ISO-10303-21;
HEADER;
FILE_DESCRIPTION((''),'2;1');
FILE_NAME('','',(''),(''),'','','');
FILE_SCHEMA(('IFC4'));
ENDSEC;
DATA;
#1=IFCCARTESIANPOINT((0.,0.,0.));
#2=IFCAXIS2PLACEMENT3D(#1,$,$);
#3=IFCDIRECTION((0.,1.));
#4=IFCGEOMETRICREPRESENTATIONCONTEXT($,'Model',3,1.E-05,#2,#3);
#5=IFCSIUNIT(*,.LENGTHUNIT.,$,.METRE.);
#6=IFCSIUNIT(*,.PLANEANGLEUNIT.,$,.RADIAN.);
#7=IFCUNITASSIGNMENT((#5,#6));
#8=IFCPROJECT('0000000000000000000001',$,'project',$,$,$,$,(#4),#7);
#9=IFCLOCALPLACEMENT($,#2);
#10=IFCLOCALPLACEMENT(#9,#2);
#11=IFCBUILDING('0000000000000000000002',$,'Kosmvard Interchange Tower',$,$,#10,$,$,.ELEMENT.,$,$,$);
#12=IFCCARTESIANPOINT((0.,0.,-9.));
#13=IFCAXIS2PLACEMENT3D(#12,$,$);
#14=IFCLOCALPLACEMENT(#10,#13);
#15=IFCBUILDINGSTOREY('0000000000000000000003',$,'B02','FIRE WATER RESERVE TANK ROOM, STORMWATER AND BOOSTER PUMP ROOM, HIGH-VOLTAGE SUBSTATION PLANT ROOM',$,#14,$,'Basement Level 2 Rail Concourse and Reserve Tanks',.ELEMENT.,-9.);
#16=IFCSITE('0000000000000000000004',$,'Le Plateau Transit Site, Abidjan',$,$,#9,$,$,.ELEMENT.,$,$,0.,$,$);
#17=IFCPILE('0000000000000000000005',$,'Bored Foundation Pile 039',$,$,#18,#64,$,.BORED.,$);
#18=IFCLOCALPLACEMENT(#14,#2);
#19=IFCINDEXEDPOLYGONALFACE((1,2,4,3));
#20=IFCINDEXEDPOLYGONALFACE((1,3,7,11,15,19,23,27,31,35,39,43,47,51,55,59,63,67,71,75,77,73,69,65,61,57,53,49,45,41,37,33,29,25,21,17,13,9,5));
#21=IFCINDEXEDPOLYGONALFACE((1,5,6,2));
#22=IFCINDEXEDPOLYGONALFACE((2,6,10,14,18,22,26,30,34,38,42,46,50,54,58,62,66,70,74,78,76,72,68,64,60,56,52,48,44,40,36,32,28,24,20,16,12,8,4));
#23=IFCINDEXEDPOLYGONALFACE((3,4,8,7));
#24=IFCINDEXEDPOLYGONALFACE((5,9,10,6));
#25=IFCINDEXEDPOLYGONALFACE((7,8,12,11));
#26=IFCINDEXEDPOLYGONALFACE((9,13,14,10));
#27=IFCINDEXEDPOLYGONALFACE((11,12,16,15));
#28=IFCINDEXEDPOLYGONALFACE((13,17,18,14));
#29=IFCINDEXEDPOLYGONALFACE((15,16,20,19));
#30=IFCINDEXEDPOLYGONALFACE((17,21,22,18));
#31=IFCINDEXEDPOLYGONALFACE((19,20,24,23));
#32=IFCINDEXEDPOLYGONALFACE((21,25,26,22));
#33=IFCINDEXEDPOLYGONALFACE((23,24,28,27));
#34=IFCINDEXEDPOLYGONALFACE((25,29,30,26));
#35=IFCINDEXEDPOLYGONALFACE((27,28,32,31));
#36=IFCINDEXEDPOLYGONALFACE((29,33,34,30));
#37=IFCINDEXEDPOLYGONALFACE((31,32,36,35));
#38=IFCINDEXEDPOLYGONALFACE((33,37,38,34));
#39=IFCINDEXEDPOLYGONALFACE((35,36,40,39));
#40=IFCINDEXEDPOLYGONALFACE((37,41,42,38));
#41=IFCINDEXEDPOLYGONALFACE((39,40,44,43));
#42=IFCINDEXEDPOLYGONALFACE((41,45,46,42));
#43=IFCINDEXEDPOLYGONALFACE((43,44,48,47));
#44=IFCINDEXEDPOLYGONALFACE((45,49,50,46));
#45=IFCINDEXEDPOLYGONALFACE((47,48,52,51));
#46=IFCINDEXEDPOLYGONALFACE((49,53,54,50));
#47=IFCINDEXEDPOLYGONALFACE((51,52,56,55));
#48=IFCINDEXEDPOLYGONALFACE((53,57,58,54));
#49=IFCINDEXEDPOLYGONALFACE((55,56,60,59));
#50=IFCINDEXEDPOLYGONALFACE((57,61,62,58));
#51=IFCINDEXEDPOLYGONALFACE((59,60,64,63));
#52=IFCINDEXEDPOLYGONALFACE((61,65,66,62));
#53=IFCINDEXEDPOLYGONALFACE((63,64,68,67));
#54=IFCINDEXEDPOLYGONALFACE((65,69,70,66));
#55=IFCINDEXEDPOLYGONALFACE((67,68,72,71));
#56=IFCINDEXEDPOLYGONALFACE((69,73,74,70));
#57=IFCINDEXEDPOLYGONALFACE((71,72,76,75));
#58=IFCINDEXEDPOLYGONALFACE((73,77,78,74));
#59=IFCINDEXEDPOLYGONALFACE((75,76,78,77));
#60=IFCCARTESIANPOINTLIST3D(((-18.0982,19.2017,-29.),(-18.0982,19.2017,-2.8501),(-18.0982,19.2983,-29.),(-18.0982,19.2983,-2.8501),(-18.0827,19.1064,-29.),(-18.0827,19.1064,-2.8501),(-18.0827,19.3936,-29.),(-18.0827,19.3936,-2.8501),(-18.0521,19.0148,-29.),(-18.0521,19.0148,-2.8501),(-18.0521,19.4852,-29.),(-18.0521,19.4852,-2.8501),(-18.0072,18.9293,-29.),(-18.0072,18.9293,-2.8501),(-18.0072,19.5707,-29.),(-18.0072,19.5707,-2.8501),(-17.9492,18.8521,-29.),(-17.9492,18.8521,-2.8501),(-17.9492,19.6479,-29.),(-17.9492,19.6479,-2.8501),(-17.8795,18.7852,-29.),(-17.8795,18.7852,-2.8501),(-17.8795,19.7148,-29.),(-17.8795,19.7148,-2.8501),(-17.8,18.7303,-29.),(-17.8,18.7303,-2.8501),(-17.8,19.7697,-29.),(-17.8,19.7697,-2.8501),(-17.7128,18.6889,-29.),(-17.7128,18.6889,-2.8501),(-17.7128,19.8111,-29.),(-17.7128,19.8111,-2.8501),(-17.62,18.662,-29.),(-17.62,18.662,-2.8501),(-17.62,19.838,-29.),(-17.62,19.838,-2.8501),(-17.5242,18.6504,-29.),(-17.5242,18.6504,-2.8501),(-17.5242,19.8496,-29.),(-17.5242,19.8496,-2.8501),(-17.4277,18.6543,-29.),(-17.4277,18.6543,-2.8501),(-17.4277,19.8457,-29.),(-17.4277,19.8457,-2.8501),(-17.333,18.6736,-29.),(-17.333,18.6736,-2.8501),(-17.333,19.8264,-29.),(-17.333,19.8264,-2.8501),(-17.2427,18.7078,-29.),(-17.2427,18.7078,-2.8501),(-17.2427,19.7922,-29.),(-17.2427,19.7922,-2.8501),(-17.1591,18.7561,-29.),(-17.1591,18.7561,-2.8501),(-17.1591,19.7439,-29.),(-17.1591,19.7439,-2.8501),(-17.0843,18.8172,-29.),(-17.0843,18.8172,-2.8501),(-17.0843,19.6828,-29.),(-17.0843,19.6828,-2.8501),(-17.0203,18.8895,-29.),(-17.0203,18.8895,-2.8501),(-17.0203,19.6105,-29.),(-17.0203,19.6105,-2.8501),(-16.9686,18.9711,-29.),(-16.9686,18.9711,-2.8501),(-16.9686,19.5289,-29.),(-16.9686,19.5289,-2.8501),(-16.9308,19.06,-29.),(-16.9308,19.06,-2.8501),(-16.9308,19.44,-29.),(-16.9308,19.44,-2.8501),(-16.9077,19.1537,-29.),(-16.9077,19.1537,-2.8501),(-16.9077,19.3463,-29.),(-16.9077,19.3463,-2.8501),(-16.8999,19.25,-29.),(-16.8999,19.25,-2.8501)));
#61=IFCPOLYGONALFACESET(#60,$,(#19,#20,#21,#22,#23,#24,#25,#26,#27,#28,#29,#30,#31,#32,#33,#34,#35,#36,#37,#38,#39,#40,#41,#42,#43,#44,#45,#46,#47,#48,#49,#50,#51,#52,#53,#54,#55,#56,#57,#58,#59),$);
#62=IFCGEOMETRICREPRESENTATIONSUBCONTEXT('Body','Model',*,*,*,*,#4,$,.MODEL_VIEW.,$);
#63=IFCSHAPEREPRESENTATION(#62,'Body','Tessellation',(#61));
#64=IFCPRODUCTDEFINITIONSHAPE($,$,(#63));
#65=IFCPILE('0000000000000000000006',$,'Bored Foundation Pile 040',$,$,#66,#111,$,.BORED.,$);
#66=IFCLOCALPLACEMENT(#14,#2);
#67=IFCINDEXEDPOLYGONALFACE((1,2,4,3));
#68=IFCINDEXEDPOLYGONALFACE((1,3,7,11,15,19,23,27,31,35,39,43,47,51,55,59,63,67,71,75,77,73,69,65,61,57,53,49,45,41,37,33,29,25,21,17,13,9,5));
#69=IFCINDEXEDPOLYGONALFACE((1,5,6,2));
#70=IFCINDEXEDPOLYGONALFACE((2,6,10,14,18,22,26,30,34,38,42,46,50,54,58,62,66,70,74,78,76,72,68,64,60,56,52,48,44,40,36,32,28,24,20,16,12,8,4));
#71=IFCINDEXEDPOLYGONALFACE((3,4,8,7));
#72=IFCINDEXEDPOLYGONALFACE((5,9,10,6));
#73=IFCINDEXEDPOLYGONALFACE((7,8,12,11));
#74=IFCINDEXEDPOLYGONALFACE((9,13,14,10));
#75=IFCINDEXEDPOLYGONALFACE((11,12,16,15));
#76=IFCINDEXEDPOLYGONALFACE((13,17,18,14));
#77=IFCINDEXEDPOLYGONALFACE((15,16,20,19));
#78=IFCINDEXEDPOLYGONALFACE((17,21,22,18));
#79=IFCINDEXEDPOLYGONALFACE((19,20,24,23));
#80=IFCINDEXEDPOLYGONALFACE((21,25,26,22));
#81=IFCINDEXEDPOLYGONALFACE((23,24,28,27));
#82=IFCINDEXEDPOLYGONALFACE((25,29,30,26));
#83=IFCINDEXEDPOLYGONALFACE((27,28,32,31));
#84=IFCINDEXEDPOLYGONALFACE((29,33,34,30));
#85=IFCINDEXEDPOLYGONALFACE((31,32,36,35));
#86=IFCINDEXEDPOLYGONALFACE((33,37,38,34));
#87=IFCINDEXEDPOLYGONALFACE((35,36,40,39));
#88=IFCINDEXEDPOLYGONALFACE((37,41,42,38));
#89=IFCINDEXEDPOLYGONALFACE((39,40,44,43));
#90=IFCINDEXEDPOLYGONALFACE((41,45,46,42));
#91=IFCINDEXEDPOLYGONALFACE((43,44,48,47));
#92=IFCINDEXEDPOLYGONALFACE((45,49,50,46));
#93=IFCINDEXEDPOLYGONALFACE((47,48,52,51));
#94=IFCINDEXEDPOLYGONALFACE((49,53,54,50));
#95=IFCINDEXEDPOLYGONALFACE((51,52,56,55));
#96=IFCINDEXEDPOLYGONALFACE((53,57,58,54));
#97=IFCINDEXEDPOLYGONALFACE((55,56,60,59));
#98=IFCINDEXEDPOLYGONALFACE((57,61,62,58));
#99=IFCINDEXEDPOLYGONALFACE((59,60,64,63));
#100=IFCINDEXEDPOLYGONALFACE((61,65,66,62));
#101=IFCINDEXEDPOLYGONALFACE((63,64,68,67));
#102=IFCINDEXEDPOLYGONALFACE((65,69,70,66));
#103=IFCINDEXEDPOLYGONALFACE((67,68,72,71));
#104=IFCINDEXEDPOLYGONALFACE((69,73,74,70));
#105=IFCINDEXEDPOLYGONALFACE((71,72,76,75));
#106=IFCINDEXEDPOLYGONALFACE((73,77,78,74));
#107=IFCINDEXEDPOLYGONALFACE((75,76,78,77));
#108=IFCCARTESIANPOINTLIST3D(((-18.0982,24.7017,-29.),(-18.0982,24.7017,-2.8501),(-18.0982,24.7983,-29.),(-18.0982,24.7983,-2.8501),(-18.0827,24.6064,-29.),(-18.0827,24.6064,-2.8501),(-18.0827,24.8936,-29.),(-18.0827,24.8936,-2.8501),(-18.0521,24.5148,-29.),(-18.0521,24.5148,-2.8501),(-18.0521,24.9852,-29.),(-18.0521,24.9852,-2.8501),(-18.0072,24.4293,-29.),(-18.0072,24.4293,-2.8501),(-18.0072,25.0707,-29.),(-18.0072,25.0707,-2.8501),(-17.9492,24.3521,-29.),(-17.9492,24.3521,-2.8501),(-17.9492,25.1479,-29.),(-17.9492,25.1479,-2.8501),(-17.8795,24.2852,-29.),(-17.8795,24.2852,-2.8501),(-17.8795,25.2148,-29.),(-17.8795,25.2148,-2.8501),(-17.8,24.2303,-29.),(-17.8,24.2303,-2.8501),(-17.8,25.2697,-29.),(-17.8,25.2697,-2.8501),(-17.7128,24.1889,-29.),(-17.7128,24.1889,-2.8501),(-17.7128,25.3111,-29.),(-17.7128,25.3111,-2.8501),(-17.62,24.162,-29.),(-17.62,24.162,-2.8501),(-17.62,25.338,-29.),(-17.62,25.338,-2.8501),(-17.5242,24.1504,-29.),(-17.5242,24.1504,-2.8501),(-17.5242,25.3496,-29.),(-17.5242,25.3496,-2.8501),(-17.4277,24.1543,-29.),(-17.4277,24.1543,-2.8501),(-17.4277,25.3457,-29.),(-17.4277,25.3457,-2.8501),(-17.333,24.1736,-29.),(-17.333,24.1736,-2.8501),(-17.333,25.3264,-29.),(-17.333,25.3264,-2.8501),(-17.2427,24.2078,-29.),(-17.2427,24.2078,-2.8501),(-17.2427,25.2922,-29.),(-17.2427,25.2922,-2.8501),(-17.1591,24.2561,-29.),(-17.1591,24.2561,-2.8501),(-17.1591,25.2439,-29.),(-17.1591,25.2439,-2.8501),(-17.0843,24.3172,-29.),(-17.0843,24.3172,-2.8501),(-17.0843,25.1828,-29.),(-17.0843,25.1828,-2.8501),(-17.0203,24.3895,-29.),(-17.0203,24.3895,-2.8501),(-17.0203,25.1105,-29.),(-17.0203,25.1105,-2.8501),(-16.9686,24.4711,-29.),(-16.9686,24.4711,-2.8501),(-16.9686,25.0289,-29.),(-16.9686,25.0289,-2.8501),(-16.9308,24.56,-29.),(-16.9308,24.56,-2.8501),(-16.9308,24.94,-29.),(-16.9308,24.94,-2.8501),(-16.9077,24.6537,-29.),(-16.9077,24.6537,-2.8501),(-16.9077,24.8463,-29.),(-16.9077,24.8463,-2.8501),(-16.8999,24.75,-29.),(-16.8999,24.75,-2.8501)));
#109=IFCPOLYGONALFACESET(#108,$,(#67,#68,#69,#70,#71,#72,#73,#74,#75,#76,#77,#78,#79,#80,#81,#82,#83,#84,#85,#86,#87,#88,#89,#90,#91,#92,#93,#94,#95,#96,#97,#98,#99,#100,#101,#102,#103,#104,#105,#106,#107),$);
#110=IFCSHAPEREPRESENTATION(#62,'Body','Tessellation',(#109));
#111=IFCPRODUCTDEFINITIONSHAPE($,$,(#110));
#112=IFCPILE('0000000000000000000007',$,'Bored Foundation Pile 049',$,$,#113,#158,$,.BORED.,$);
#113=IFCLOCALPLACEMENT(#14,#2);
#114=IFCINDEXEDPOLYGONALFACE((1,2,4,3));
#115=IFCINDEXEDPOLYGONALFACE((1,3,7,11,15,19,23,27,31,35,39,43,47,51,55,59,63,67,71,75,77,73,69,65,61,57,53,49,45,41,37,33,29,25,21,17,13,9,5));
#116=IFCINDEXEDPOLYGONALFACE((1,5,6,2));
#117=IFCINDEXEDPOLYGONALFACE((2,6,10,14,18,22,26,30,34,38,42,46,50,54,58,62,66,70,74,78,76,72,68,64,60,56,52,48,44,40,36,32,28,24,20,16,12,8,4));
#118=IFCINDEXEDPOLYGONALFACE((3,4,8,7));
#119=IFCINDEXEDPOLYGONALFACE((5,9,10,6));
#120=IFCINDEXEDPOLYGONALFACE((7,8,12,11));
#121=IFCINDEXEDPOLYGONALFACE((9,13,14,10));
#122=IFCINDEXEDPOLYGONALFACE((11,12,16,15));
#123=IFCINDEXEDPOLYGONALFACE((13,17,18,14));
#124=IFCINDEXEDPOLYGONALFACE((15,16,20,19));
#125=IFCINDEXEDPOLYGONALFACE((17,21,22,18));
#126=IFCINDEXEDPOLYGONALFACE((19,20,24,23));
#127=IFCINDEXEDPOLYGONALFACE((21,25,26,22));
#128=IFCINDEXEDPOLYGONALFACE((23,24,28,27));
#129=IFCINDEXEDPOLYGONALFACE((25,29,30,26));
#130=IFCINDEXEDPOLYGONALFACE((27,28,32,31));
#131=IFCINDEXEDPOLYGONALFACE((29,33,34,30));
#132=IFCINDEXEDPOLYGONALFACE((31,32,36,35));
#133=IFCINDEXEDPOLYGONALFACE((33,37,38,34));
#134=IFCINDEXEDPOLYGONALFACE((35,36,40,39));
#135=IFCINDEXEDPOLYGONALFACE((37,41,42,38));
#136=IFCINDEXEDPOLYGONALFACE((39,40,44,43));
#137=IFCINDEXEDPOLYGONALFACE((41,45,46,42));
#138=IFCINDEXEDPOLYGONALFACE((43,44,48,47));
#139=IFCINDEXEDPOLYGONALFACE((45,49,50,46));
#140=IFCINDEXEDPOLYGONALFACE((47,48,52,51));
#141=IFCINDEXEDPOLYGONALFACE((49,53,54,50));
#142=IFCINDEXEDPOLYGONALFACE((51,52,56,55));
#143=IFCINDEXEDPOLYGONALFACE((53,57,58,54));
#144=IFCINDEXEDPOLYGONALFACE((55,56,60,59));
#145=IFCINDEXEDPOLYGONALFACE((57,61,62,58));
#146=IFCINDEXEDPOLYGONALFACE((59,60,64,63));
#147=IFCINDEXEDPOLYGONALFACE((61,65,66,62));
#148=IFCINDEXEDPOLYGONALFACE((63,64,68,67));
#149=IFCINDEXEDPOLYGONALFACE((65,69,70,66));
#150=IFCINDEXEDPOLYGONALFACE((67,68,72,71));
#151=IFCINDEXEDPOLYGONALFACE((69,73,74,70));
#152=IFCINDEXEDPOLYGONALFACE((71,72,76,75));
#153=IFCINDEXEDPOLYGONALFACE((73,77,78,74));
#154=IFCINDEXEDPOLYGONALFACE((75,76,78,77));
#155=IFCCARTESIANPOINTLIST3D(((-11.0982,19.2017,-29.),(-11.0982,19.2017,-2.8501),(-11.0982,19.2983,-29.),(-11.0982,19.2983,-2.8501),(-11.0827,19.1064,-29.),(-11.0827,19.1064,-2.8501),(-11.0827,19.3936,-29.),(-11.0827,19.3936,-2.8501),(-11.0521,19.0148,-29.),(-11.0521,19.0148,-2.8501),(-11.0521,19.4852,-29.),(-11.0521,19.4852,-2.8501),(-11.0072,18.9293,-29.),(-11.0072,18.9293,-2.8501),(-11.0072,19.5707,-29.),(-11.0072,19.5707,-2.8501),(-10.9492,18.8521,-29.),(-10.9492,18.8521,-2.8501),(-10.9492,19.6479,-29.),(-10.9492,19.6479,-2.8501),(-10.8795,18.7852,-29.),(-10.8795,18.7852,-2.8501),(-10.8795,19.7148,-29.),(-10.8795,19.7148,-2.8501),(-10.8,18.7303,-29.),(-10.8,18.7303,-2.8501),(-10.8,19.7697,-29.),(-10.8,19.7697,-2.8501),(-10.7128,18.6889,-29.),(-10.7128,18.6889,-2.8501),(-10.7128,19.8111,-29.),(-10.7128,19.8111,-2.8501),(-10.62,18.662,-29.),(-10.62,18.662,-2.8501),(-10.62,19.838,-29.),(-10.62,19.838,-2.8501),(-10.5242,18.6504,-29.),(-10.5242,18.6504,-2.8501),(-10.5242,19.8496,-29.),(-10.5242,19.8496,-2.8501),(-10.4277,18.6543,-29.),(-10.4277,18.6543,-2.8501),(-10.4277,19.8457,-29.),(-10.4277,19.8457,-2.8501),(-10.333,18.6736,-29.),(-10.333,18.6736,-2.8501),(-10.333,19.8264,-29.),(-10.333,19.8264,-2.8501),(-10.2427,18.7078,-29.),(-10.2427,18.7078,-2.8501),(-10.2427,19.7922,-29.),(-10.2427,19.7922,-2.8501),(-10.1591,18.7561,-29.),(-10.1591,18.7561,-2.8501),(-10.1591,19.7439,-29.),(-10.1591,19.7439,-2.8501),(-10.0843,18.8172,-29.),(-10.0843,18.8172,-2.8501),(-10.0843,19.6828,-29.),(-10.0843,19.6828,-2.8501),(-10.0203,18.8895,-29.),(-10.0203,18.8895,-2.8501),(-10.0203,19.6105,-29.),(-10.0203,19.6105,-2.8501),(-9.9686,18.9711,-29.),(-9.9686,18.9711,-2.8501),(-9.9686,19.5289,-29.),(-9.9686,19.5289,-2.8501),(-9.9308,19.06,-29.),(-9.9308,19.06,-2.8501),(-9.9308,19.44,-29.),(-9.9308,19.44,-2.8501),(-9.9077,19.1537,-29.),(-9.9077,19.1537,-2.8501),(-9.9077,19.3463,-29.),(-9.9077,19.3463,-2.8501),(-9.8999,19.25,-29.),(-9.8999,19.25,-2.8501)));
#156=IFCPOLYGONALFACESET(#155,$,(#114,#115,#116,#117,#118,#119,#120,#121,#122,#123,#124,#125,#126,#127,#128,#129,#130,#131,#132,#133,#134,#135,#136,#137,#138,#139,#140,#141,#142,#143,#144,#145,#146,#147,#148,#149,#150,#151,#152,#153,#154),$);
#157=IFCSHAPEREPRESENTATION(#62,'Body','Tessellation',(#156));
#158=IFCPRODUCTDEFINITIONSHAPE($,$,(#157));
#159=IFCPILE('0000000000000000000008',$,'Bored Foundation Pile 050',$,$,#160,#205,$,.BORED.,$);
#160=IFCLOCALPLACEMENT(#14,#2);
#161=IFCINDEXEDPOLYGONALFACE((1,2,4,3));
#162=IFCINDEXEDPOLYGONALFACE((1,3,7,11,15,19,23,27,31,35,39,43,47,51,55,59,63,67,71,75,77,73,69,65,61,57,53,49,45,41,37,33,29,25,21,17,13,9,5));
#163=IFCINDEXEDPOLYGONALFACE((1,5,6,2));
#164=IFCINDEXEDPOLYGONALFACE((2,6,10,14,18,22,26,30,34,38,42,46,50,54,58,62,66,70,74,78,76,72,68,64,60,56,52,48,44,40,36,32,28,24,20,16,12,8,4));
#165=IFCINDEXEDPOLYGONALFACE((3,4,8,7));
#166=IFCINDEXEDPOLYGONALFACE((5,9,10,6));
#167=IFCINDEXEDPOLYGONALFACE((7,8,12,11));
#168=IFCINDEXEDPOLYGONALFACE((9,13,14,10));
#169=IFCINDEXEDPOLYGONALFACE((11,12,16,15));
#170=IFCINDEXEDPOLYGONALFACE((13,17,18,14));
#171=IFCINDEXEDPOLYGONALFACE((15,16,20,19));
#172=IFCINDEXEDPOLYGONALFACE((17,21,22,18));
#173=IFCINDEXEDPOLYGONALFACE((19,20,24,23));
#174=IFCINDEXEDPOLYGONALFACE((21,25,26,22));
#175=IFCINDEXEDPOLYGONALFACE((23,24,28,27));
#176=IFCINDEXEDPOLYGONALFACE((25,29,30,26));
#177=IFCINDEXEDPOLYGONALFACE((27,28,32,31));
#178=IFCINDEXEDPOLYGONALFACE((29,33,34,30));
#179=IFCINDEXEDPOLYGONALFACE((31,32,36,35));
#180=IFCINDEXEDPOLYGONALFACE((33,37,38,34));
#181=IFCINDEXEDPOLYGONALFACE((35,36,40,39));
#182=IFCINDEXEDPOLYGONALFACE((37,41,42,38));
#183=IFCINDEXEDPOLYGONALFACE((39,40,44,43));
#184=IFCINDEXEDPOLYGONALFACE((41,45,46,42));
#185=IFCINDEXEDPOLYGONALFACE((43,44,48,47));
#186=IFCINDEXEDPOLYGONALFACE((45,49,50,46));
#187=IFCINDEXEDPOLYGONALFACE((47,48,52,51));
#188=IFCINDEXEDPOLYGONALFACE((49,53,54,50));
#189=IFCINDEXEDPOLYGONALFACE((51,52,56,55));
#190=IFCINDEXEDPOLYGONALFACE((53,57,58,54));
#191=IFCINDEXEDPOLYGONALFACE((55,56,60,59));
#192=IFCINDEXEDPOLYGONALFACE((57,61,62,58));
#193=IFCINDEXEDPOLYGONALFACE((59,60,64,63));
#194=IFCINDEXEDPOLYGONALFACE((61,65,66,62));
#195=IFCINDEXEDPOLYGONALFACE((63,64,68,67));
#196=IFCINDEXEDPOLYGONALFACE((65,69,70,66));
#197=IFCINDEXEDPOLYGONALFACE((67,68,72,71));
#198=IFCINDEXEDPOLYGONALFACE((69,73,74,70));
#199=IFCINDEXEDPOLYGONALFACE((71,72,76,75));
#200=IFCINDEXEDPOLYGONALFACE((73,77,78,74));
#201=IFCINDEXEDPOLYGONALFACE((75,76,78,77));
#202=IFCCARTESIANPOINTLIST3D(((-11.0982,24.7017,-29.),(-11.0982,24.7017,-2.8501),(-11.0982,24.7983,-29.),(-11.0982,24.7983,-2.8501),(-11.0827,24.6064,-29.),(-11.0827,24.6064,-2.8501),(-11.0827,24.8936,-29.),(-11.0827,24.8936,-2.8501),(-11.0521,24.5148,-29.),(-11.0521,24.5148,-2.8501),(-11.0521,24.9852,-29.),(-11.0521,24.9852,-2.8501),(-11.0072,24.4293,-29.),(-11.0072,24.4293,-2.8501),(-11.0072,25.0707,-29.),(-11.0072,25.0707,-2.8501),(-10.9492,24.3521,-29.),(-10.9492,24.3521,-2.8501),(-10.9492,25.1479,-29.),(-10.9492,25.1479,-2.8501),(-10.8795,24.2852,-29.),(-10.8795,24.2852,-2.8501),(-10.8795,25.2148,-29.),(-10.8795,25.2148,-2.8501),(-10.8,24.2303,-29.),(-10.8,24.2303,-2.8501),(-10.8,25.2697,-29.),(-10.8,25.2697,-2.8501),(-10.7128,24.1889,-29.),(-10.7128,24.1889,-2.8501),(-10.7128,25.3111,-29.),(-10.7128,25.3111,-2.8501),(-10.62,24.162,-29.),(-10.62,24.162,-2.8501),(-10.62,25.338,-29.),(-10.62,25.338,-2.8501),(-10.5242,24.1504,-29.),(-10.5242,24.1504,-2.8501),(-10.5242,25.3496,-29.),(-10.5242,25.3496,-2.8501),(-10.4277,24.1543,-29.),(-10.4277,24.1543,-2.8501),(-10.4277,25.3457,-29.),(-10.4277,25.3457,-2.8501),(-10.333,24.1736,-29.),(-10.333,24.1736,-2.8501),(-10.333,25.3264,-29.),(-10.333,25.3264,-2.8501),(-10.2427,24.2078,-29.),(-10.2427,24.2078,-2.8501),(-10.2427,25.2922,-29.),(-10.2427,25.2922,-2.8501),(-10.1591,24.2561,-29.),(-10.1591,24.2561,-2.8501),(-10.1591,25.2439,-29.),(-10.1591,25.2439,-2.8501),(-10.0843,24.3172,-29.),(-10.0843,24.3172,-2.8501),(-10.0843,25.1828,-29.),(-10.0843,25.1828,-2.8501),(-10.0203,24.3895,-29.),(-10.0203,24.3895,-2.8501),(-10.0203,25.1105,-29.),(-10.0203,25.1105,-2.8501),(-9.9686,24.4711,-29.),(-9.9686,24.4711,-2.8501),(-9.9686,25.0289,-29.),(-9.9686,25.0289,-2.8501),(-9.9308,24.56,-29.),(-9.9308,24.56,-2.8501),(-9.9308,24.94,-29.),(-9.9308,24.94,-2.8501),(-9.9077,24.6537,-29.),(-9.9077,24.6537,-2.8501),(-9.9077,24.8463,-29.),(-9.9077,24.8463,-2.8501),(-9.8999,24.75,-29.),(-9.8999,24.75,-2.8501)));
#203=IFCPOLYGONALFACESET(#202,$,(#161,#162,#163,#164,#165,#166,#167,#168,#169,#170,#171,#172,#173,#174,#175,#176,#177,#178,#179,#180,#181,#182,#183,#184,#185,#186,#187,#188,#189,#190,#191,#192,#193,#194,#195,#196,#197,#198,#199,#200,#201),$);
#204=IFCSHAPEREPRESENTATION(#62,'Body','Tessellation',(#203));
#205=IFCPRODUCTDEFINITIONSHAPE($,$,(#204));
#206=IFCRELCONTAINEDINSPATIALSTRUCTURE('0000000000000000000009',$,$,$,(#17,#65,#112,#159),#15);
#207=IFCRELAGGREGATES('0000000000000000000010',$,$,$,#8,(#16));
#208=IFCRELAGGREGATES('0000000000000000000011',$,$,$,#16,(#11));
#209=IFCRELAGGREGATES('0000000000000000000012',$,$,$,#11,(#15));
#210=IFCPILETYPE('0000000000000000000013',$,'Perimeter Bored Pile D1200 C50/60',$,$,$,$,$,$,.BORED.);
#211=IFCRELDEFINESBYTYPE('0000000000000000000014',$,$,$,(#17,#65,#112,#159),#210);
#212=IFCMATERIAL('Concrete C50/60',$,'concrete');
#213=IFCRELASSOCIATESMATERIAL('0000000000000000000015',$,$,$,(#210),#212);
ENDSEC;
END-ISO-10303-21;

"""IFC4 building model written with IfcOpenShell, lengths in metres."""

from ifc_helpers import new_model, si_unit, direction, frame, origin, origin_2d, place, context, subcontext, project, spatial, circle, extrude, source, transform, mapped, material, material_profile, profile_set, type_object, element, save


model = new_model("IFC4")

# Units and contexts
model_context = context("Model", 3, precision=1e-05, world=origin(), true_north=direction((0.0, 1.0)))
body_context = subcontext(model_context, "Body", "Model", "MODEL_VIEW")
ifc_project = project(units=[si_unit("LENGTHUNIT", "METRE"), si_unit("PLANEANGLEUNIT", "RADIAN")], contexts=[model_context])

# Site, building, storey
site_placement = place(None, origin())
site = spatial("IfcSite", under=ifc_project, at=site_placement, Name="Le Plateau Transit Site, Abidjan", CompositionType="ELEMENT", RefElevation=0.0)
building_placement = place(site_placement, origin())
building = spatial("IfcBuilding", under=site, at=building_placement, Name="Kosmvard Interchange Tower", CompositionType="ELEMENT")
storey_placement = place(building_placement, frame((0.0, 0.0, -9.0)))
storey = spatial("IfcBuildingStorey", under=building, at=storey_placement, Name="B02", Description="FIRE WATER RESERVE TANK ROOM, STORMWATER AND BOOSTER PUMP ROOM, HIGH-VOLTAGE SUBSTATION PLANT ROOM", LongName="Basement Level 2 Rail Concourse and Reserve Tanks", CompositionType="ELEMENT", Elevation=-9.0)

# Piles
ifc_material_1 = material(Name="Concrete C50/60", Category="concrete")
ifc_material_profile_1 = material_profile(ifc_material_1, circle(Radius=0.6001, at=origin_2d()), Name="PILE D1200")
ifc_profile_set_1 = profile_set([ifc_material_profile_1], Name="Concrete C50/60")
pile_type_1 = type_object("IfcPileType", Name="Perimeter Bored Pile D1200 C50/60", PredefinedType="BORED", material=ifc_profile_set_1)
shared_shape_1 = source(origin(), body_context, "Body", "SweptSolid", [
    extrude(circle(Radius=0.6001, at=origin_2d()), origin(), (0.0, 0.0, 1.0), 26.1499),
])
for number, where, z_axis, x_axis, name in (
    (1, (-17.5, 19.25, -2.8501), (0.0, 0.0, -1.0), (1.0, 0.0, 0.0), "Bored Foundation Pile 039"),
    (2, (-17.5, 24.75, -2.8501), (0.0, 0.0, -1.0), (1.0, 0.0, 0.0), "Bored Foundation Pile 040"),
    (3, (-10.5, 19.25, -2.8501), (0.0, 0.0, -1.0), (1.0, 0.0, 0.0), "Bored Foundation Pile 049"),
    (4, (-10.5, 24.75, -2.8501), (0.0, 0.0, -1.0), (1.0, 0.0, 0.0), "Bored Foundation Pile 050"),
):
    element("IfcPile", number, at=place(storey_placement, frame(where, z_axis=z_axis, x_axis=x_axis)), inside=storey, type_object=pile_type_1, Name=name, PredefinedType="BORED", context=body_context, shape_type="MappedRepresentation", body=[
        mapped(shared_shape_1, transform((0.0, 0.0, 0.0), scale=1.0)),
    ])

save(model, "model.ifc")
